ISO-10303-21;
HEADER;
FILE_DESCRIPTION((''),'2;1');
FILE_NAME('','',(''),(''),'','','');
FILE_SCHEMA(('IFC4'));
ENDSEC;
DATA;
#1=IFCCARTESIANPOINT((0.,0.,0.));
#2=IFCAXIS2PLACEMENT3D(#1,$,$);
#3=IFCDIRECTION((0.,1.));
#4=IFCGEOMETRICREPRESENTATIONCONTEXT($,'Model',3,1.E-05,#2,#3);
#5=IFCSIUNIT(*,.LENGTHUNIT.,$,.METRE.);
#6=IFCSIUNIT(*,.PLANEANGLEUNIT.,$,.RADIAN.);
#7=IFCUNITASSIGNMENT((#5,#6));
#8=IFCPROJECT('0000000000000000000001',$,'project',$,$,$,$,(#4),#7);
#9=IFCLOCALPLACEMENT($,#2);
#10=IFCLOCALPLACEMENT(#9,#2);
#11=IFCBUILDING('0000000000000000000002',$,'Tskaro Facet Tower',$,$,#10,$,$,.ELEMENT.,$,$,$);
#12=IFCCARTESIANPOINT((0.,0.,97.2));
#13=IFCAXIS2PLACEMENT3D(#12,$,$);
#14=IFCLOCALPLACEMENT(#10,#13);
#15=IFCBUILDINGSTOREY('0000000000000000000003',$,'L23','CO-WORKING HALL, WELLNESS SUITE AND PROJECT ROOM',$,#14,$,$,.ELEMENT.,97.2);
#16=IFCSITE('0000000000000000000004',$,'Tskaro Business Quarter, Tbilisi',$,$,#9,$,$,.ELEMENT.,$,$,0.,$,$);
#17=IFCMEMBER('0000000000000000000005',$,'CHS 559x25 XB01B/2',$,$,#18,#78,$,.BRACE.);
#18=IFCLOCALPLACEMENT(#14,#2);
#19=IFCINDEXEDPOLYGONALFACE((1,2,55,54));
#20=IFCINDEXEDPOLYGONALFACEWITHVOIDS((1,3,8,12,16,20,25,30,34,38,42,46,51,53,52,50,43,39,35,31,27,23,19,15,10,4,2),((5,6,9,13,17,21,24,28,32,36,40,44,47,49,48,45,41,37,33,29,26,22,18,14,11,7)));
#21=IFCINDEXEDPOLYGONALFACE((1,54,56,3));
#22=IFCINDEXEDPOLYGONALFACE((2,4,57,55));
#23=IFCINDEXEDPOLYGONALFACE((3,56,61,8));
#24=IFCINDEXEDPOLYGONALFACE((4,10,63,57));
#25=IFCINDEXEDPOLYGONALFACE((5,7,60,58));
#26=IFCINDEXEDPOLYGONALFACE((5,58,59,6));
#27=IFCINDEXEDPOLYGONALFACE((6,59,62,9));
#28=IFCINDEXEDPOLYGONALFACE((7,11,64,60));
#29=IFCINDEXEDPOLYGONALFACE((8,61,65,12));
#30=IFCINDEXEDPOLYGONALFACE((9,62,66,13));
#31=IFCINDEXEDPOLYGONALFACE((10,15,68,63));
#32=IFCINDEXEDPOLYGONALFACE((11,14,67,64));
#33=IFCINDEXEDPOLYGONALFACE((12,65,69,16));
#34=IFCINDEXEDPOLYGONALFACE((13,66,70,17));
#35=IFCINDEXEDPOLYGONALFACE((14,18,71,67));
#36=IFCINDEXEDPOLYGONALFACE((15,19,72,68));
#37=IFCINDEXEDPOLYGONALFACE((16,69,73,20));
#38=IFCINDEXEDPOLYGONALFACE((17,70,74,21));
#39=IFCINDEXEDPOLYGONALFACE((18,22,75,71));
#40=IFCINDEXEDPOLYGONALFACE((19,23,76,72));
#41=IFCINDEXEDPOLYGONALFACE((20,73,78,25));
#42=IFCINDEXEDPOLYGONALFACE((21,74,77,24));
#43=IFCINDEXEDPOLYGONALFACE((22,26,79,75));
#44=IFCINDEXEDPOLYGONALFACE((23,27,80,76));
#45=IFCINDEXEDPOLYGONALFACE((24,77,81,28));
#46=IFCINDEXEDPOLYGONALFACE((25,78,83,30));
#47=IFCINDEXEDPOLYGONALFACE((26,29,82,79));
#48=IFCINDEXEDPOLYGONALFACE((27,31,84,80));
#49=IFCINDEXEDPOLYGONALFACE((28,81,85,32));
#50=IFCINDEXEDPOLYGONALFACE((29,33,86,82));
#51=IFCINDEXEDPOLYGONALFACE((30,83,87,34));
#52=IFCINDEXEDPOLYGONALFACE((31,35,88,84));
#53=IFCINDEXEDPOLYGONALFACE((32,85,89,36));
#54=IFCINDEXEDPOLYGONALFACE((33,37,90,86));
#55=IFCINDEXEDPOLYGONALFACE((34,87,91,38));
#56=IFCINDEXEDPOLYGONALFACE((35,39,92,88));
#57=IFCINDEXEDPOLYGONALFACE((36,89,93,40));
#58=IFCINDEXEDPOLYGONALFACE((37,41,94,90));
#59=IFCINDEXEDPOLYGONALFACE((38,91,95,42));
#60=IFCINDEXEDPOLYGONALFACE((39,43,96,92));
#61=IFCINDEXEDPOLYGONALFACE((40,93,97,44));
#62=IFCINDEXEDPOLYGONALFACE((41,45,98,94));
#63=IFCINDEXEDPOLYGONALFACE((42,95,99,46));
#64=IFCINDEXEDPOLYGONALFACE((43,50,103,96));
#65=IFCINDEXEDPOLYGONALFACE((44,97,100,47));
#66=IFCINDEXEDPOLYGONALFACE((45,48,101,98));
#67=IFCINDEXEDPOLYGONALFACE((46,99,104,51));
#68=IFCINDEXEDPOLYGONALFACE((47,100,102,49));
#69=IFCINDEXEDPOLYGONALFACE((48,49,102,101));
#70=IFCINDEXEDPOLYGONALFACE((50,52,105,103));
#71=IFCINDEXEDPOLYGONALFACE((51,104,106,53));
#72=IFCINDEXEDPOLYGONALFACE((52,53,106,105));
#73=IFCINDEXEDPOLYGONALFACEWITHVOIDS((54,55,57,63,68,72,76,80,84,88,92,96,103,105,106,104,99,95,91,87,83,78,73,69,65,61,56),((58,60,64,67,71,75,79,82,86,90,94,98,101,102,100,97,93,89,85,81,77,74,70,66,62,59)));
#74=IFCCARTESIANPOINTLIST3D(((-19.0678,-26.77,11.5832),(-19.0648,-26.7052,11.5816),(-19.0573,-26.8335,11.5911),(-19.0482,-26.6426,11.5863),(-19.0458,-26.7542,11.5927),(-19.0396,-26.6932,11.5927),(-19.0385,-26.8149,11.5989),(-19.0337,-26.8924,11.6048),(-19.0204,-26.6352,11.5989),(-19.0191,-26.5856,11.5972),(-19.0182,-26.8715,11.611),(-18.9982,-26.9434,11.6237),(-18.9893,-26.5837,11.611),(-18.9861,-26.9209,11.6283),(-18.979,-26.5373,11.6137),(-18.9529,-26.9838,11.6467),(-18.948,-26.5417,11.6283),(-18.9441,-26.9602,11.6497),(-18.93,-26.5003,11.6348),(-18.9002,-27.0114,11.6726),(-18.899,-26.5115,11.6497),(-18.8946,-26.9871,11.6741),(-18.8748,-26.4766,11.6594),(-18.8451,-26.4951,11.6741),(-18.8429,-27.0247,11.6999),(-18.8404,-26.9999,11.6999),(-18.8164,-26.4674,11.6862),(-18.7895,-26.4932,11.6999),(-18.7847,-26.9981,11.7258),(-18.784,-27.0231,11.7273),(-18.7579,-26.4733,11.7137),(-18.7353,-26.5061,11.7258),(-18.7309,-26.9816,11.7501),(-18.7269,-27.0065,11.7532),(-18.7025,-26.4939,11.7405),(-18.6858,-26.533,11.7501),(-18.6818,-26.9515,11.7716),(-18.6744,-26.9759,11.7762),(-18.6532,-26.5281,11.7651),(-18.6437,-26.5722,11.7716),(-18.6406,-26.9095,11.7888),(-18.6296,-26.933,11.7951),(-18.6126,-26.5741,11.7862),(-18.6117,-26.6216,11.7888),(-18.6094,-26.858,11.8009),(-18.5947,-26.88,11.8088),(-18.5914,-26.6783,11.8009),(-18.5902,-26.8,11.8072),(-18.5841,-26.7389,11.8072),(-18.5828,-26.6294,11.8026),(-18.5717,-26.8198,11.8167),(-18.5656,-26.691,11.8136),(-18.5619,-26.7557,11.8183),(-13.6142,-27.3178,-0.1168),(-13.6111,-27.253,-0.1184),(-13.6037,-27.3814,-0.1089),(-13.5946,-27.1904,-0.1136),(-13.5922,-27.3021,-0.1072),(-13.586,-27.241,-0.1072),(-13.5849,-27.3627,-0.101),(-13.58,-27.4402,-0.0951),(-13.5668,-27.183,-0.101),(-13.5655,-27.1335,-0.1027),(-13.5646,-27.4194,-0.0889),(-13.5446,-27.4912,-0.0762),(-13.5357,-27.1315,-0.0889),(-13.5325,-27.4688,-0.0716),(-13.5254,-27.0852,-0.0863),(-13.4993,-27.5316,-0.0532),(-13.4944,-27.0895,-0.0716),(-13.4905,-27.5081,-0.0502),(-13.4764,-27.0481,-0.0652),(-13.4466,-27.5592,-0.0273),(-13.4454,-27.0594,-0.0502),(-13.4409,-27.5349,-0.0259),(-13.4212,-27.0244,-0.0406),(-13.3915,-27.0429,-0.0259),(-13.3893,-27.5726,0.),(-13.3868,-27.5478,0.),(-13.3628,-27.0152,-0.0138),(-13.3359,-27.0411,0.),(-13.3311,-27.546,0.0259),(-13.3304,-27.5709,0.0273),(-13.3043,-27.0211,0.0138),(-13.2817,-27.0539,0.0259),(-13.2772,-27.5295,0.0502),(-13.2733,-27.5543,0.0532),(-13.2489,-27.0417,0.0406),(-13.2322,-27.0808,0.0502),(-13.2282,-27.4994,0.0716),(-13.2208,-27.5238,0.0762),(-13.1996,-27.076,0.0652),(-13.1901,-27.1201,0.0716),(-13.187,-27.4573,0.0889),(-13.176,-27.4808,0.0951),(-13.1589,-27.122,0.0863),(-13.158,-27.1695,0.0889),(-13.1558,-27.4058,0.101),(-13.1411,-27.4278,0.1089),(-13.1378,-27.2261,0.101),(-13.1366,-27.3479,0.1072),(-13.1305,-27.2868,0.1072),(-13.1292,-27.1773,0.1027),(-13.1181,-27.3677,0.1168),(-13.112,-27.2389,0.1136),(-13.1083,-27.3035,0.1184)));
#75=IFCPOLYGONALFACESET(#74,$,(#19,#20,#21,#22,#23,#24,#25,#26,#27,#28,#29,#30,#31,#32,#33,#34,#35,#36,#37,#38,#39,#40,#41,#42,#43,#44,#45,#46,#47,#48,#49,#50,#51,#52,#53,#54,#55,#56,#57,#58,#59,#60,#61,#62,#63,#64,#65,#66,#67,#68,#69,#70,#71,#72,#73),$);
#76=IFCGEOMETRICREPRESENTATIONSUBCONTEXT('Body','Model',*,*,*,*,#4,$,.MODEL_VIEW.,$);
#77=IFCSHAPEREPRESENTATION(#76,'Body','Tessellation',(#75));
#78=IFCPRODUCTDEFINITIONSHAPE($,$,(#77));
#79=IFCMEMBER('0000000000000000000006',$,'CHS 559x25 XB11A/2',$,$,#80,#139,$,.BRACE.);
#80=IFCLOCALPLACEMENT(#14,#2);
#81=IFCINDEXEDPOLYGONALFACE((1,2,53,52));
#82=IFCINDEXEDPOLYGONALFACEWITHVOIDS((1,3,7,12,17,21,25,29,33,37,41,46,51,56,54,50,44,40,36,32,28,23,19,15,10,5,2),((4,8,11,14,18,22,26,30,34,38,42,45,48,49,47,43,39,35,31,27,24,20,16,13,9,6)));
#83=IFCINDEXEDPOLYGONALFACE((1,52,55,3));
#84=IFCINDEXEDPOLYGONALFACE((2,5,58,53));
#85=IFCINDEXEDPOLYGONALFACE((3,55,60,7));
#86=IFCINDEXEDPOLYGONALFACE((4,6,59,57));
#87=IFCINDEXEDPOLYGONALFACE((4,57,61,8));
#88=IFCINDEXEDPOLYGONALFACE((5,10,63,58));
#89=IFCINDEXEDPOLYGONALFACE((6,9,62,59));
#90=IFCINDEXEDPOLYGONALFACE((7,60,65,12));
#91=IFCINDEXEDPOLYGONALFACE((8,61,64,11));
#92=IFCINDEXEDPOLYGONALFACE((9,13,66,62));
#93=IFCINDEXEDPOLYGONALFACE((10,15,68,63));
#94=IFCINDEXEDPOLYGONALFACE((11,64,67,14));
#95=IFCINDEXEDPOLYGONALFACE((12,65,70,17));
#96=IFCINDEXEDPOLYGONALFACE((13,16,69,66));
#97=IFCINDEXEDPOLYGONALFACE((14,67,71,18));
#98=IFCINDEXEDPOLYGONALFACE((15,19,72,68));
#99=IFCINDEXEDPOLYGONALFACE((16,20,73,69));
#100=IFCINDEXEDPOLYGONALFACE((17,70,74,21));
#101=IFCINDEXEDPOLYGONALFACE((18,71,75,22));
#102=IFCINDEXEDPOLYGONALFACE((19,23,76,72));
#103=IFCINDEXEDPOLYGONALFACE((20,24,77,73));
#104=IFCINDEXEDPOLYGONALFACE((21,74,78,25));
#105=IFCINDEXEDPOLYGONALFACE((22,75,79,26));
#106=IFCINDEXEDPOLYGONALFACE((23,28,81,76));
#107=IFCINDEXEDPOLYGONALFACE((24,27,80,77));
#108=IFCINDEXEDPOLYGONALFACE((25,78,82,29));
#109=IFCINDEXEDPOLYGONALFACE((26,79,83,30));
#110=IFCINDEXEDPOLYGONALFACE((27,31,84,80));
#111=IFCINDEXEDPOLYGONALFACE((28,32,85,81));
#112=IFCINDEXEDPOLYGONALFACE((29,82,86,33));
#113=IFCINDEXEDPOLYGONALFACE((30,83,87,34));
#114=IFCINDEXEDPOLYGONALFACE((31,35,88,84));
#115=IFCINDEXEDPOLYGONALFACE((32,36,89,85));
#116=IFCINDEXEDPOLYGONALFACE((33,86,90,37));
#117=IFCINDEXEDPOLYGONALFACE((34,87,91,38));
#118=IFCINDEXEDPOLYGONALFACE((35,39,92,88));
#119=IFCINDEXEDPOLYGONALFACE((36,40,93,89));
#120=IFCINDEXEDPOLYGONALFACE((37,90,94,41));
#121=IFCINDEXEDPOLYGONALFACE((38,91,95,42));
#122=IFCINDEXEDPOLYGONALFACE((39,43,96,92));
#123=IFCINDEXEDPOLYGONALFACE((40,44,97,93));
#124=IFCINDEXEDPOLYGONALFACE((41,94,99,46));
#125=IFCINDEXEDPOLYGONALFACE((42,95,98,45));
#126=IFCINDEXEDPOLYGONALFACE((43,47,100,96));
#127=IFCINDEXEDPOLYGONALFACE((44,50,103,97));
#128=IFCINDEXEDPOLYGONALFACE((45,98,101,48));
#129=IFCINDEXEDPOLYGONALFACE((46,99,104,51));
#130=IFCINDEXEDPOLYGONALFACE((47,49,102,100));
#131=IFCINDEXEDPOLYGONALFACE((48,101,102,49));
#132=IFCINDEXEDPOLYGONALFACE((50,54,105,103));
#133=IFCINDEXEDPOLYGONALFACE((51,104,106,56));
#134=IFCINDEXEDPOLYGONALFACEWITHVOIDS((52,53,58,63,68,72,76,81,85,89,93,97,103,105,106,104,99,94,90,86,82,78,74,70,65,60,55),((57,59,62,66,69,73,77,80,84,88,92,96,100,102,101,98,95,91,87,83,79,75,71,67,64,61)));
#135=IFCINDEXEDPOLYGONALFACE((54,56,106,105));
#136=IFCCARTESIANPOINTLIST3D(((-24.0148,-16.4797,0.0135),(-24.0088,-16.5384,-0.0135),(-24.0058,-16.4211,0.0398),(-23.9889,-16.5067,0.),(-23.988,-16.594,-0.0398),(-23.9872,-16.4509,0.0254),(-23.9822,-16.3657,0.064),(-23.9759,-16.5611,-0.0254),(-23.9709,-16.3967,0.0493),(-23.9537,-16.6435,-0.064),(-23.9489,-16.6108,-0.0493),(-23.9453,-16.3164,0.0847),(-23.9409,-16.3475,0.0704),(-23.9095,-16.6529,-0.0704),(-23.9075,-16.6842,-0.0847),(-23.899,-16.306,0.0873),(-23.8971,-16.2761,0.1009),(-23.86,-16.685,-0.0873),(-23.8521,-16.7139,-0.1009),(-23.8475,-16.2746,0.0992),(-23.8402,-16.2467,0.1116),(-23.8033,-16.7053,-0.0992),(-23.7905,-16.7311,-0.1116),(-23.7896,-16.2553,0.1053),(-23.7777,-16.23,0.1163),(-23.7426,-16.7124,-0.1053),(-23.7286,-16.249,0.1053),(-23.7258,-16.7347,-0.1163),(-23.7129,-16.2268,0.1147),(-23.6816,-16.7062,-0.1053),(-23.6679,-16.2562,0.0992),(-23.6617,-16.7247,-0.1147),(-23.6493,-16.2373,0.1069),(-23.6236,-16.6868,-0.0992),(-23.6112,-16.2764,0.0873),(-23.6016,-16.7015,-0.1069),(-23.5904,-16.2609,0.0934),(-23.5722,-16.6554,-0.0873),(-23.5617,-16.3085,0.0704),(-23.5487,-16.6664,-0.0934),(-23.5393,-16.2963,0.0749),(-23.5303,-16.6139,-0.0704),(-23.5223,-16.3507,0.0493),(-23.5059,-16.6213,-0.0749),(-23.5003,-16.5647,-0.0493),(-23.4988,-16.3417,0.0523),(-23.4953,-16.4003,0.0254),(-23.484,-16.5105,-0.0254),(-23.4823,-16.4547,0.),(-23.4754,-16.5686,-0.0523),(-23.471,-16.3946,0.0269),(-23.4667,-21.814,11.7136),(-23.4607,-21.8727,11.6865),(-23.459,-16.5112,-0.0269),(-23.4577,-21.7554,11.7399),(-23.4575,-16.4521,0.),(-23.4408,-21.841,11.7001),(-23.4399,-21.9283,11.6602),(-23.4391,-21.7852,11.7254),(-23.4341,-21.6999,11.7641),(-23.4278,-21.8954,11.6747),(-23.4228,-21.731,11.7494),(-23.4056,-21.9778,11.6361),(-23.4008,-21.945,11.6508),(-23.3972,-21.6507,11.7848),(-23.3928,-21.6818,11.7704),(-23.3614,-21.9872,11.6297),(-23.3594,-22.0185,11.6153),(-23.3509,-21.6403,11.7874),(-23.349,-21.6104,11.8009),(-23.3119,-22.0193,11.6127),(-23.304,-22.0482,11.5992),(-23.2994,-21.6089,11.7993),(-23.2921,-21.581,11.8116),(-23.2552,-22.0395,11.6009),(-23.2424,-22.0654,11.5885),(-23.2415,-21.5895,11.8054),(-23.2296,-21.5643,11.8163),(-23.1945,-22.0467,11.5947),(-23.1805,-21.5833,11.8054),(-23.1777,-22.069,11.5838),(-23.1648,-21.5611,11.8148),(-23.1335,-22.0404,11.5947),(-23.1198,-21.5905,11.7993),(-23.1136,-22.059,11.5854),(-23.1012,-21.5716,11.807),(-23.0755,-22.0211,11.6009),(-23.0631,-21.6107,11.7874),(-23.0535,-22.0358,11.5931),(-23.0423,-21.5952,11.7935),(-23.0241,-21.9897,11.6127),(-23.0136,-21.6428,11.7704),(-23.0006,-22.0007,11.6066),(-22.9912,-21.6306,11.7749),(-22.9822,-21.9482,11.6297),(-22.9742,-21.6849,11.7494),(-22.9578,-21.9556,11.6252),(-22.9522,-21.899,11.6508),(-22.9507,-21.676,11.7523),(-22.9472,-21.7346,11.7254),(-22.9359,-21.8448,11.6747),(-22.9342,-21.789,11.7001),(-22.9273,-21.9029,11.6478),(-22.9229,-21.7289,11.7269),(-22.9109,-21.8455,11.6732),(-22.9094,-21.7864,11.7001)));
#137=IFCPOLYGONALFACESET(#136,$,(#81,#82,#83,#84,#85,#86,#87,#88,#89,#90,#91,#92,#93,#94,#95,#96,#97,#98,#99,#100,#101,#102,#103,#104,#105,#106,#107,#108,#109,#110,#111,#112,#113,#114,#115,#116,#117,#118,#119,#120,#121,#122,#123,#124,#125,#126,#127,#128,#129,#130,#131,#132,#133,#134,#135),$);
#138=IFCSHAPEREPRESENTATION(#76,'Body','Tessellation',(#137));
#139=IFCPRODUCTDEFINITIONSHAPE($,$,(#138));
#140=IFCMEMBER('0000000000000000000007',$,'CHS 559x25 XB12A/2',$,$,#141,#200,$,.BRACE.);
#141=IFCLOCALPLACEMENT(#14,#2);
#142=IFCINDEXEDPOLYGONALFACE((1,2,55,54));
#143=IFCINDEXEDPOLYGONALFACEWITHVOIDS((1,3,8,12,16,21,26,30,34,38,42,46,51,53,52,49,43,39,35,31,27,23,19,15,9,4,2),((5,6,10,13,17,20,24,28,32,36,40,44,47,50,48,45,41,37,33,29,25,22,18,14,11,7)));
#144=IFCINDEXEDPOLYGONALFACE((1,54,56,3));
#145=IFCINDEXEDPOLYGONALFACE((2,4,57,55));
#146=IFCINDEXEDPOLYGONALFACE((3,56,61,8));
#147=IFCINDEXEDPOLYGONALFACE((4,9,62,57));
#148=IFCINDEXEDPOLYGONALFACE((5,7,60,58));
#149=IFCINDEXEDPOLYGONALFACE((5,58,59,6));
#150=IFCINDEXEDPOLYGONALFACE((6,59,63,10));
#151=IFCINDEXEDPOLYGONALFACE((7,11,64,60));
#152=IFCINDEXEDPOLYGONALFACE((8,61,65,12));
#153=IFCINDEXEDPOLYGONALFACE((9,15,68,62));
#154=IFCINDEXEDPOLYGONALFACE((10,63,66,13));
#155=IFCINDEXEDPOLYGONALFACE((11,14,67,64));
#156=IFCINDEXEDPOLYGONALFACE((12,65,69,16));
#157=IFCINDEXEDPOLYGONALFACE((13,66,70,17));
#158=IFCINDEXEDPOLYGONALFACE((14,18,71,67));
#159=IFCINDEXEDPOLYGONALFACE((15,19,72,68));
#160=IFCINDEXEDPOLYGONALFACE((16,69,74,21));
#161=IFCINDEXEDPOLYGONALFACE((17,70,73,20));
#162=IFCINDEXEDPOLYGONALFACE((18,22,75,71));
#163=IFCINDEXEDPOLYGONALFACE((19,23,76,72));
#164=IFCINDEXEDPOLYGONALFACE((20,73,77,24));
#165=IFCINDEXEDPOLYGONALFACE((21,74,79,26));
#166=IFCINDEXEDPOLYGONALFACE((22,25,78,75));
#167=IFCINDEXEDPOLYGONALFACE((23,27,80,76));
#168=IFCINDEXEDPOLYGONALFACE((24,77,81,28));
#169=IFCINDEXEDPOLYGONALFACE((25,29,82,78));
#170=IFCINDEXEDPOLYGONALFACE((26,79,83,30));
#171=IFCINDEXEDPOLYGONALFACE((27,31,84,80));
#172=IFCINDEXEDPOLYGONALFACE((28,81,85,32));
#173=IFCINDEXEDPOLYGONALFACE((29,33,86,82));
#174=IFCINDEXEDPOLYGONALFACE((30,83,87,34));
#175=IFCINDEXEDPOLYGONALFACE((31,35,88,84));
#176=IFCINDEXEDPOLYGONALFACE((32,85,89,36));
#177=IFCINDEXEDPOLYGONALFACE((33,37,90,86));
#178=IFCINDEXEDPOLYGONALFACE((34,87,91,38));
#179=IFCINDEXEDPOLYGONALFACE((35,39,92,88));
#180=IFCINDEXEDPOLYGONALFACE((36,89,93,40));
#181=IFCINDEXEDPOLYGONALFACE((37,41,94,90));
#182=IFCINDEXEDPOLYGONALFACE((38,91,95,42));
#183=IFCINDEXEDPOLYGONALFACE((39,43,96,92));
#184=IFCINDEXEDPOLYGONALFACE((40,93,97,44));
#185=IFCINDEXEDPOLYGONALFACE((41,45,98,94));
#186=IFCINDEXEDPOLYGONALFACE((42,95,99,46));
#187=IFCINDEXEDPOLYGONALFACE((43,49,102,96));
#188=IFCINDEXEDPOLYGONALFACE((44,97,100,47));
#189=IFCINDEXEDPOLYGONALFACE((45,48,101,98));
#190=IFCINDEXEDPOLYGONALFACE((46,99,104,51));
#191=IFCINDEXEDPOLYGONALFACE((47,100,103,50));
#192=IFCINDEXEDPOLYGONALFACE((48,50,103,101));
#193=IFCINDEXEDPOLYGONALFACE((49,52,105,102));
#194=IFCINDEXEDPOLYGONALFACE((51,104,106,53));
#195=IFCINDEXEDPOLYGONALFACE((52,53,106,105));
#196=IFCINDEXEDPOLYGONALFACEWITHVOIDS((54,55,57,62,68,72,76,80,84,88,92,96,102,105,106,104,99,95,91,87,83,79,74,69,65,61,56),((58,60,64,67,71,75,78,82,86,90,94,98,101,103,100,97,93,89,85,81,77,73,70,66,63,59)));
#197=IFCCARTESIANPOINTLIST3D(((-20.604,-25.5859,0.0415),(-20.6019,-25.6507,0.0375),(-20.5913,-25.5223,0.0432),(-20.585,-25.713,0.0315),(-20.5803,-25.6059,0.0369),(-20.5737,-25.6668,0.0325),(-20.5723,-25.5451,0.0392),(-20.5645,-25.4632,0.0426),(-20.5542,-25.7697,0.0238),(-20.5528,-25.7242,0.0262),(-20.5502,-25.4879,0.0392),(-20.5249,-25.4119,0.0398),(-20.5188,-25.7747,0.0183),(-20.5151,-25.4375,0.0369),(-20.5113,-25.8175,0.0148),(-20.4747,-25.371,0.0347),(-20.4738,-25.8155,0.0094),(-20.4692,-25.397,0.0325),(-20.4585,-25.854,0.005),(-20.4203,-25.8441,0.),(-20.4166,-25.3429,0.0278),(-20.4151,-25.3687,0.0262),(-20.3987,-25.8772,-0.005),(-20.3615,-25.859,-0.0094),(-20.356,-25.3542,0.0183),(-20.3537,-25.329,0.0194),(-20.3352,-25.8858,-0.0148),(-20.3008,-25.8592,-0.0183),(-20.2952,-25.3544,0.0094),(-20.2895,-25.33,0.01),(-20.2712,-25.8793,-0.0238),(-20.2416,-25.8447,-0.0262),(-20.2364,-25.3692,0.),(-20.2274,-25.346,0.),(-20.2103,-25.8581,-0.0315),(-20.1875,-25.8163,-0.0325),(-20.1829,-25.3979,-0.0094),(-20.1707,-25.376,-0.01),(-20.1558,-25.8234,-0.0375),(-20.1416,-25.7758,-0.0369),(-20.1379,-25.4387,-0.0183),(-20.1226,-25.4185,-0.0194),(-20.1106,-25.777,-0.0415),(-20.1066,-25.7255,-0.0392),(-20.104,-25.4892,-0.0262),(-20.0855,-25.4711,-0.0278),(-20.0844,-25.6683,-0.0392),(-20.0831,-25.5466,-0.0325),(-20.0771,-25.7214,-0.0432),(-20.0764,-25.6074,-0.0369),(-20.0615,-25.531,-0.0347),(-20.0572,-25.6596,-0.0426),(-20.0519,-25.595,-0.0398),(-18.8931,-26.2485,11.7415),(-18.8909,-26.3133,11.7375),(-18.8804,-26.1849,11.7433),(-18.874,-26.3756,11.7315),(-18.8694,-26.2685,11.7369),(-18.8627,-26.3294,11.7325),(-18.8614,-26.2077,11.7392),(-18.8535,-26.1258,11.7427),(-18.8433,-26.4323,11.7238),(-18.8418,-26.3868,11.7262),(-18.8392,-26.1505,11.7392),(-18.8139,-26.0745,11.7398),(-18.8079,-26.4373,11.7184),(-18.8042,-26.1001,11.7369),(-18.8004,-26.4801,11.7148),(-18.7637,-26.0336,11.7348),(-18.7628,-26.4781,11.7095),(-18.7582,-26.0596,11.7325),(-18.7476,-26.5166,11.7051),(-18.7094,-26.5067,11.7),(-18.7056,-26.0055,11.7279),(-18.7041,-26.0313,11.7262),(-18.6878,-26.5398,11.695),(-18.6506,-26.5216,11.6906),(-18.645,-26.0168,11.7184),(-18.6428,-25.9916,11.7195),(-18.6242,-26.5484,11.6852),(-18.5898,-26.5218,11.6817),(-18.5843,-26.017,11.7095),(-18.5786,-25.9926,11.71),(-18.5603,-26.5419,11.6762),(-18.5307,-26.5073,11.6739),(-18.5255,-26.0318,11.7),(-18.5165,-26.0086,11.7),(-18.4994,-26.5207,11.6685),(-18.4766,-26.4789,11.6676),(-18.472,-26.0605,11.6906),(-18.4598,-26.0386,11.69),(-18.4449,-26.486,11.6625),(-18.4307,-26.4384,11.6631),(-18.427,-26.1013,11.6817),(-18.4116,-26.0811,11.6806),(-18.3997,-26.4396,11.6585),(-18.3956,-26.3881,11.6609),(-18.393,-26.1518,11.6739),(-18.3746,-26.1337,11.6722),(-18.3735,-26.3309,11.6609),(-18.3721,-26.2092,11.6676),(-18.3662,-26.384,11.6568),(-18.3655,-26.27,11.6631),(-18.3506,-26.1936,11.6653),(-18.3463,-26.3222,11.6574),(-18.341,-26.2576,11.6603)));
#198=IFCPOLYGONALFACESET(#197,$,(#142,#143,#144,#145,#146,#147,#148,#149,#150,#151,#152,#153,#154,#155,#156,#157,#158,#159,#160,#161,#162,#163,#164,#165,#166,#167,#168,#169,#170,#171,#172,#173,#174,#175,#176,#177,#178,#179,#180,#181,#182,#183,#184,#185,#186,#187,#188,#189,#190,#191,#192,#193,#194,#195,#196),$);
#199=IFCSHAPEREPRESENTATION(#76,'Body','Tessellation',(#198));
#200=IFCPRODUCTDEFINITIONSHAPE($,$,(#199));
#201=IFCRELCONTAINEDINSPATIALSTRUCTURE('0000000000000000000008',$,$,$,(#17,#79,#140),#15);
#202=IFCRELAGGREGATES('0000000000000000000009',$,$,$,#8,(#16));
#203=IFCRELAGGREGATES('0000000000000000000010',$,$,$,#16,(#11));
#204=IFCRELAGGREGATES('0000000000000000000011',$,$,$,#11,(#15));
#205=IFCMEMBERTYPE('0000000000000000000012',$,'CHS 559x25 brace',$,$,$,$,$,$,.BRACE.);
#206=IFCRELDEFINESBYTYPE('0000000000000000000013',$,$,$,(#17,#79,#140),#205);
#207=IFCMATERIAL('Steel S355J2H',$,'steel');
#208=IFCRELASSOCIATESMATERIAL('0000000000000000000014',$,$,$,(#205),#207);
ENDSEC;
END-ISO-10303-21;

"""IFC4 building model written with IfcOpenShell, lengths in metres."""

from ifc_helpers import new_model, si_unit, direction, frame, origin, origin_2d, place, context, subcontext, project, spatial, hollow_circle, extrude, material, material_profile, profile_set, type_object, element, save


model = new_model("IFC4")

# Units and contexts
model_context = context("Model", 3, precision=1e-05, world=origin(), true_north=direction((0.0, 1.0)))
body_context = subcontext(model_context, "Body", "Model", "MODEL_VIEW")
ifc_project = project(units=[si_unit("LENGTHUNIT", "METRE"), si_unit("PLANEANGLEUNIT", "RADIAN")], contexts=[model_context])

# Site, building, storey
site_placement = place(None, origin())
site = spatial("IfcSite", under=ifc_project, at=site_placement, Name="Tskaro Business Quarter, Tbilisi", CompositionType="ELEMENT", RefElevation=0.0)
building_placement = place(site_placement, origin())
building = spatial("IfcBuilding", under=site, at=building_placement, Name="Tskaro Facet Tower", CompositionType="ELEMENT")
storey_placement = place(building_placement, frame((0.0, 0.0, 97.2)))
storey = spatial("IfcBuildingStorey", under=building, at=storey_placement, Name="L23", Description="CO-WORKING HALL, WELLNESS SUITE AND PROJECT ROOM", CompositionType="ELEMENT", Elevation=97.2)

# Shared definitions
ifc_material_1 = material(Name="Steel S355J2H", Category="steel")

# Members
ifc_material_profile_1 = material_profile(ifc_material_1, hollow_circle(Radius=0.2795, WallThickness=0.0249, at=origin_2d()), Name="CHS 559x25")
ifc_profile_set_1 = profile_set([ifc_material_profile_1], Name="Steel S355J2H")
member_type_1 = type_object("IfcMemberType", Name="CHS 559x25 brace", PredefinedType="BRACE", material=ifc_profile_set_1)
member_1_placement = place(storey_placement, frame((-13.3613, -27.2944, 0.0), z_axis=(-0.422101, 0.042403, 0.905557), x_axis=(-0.099954, -0.994992, 0.0)))
element("IfcMember", 1, at=member_1_placement, inside=storey, type_object=member_type_1, Name="CHS 559x25 XB01B/2", PredefinedType="BRACE", context=body_context, shape_type="SweptSolid", body=[
    extrude(hollow_circle(Radius=0.2795, WallThickness=0.0249, at=origin_2d()), origin(), (0.0, 0.0, 1.0), 12.9202),
])
member_2_placement = place(storey_placement, frame((-23.7356, -16.4807, 0.0), z_axis=(0.042586, -0.414462, 0.90907), x_axis=(0.994763, 0.102213, 0.0)))
element("IfcMember", 2, at=member_2_placement, inside=storey, type_object=member_type_1, Name="CHS 559x25 XB11A/2", PredefinedType="BRACE", context=body_context, shape_type="SweptSolid", body=[
    extrude(hollow_circle(Radius=0.2795, WallThickness=0.0249, at=origin_2d()), origin(), (0.0, 0.0, 1.0), 12.8704),
])
for number, where, z_axis, x_axis, name in (
    (3, (-20.3284, -25.6067, 0.0), (0.144469, -0.055949, 0.987926), (0.361136, 0.932513, 0.0), "CHS 559x25 XB12A/2"),
):
    element("IfcMember", number, at=place(storey_placement, frame(where, z_axis=z_axis, x_axis=x_axis)), inside=storey, type_object=member_type_1, Name=name, PredefinedType="BRACE", context=body_context, shape_type="SweptSolid", body=[
        extrude(hollow_circle(Radius=0.2795, WallThickness=0.0249, at=origin_2d()), origin(), (0.0, 0.0, 1.0), 11.843),
    ])

save(model, "model.ifc")
